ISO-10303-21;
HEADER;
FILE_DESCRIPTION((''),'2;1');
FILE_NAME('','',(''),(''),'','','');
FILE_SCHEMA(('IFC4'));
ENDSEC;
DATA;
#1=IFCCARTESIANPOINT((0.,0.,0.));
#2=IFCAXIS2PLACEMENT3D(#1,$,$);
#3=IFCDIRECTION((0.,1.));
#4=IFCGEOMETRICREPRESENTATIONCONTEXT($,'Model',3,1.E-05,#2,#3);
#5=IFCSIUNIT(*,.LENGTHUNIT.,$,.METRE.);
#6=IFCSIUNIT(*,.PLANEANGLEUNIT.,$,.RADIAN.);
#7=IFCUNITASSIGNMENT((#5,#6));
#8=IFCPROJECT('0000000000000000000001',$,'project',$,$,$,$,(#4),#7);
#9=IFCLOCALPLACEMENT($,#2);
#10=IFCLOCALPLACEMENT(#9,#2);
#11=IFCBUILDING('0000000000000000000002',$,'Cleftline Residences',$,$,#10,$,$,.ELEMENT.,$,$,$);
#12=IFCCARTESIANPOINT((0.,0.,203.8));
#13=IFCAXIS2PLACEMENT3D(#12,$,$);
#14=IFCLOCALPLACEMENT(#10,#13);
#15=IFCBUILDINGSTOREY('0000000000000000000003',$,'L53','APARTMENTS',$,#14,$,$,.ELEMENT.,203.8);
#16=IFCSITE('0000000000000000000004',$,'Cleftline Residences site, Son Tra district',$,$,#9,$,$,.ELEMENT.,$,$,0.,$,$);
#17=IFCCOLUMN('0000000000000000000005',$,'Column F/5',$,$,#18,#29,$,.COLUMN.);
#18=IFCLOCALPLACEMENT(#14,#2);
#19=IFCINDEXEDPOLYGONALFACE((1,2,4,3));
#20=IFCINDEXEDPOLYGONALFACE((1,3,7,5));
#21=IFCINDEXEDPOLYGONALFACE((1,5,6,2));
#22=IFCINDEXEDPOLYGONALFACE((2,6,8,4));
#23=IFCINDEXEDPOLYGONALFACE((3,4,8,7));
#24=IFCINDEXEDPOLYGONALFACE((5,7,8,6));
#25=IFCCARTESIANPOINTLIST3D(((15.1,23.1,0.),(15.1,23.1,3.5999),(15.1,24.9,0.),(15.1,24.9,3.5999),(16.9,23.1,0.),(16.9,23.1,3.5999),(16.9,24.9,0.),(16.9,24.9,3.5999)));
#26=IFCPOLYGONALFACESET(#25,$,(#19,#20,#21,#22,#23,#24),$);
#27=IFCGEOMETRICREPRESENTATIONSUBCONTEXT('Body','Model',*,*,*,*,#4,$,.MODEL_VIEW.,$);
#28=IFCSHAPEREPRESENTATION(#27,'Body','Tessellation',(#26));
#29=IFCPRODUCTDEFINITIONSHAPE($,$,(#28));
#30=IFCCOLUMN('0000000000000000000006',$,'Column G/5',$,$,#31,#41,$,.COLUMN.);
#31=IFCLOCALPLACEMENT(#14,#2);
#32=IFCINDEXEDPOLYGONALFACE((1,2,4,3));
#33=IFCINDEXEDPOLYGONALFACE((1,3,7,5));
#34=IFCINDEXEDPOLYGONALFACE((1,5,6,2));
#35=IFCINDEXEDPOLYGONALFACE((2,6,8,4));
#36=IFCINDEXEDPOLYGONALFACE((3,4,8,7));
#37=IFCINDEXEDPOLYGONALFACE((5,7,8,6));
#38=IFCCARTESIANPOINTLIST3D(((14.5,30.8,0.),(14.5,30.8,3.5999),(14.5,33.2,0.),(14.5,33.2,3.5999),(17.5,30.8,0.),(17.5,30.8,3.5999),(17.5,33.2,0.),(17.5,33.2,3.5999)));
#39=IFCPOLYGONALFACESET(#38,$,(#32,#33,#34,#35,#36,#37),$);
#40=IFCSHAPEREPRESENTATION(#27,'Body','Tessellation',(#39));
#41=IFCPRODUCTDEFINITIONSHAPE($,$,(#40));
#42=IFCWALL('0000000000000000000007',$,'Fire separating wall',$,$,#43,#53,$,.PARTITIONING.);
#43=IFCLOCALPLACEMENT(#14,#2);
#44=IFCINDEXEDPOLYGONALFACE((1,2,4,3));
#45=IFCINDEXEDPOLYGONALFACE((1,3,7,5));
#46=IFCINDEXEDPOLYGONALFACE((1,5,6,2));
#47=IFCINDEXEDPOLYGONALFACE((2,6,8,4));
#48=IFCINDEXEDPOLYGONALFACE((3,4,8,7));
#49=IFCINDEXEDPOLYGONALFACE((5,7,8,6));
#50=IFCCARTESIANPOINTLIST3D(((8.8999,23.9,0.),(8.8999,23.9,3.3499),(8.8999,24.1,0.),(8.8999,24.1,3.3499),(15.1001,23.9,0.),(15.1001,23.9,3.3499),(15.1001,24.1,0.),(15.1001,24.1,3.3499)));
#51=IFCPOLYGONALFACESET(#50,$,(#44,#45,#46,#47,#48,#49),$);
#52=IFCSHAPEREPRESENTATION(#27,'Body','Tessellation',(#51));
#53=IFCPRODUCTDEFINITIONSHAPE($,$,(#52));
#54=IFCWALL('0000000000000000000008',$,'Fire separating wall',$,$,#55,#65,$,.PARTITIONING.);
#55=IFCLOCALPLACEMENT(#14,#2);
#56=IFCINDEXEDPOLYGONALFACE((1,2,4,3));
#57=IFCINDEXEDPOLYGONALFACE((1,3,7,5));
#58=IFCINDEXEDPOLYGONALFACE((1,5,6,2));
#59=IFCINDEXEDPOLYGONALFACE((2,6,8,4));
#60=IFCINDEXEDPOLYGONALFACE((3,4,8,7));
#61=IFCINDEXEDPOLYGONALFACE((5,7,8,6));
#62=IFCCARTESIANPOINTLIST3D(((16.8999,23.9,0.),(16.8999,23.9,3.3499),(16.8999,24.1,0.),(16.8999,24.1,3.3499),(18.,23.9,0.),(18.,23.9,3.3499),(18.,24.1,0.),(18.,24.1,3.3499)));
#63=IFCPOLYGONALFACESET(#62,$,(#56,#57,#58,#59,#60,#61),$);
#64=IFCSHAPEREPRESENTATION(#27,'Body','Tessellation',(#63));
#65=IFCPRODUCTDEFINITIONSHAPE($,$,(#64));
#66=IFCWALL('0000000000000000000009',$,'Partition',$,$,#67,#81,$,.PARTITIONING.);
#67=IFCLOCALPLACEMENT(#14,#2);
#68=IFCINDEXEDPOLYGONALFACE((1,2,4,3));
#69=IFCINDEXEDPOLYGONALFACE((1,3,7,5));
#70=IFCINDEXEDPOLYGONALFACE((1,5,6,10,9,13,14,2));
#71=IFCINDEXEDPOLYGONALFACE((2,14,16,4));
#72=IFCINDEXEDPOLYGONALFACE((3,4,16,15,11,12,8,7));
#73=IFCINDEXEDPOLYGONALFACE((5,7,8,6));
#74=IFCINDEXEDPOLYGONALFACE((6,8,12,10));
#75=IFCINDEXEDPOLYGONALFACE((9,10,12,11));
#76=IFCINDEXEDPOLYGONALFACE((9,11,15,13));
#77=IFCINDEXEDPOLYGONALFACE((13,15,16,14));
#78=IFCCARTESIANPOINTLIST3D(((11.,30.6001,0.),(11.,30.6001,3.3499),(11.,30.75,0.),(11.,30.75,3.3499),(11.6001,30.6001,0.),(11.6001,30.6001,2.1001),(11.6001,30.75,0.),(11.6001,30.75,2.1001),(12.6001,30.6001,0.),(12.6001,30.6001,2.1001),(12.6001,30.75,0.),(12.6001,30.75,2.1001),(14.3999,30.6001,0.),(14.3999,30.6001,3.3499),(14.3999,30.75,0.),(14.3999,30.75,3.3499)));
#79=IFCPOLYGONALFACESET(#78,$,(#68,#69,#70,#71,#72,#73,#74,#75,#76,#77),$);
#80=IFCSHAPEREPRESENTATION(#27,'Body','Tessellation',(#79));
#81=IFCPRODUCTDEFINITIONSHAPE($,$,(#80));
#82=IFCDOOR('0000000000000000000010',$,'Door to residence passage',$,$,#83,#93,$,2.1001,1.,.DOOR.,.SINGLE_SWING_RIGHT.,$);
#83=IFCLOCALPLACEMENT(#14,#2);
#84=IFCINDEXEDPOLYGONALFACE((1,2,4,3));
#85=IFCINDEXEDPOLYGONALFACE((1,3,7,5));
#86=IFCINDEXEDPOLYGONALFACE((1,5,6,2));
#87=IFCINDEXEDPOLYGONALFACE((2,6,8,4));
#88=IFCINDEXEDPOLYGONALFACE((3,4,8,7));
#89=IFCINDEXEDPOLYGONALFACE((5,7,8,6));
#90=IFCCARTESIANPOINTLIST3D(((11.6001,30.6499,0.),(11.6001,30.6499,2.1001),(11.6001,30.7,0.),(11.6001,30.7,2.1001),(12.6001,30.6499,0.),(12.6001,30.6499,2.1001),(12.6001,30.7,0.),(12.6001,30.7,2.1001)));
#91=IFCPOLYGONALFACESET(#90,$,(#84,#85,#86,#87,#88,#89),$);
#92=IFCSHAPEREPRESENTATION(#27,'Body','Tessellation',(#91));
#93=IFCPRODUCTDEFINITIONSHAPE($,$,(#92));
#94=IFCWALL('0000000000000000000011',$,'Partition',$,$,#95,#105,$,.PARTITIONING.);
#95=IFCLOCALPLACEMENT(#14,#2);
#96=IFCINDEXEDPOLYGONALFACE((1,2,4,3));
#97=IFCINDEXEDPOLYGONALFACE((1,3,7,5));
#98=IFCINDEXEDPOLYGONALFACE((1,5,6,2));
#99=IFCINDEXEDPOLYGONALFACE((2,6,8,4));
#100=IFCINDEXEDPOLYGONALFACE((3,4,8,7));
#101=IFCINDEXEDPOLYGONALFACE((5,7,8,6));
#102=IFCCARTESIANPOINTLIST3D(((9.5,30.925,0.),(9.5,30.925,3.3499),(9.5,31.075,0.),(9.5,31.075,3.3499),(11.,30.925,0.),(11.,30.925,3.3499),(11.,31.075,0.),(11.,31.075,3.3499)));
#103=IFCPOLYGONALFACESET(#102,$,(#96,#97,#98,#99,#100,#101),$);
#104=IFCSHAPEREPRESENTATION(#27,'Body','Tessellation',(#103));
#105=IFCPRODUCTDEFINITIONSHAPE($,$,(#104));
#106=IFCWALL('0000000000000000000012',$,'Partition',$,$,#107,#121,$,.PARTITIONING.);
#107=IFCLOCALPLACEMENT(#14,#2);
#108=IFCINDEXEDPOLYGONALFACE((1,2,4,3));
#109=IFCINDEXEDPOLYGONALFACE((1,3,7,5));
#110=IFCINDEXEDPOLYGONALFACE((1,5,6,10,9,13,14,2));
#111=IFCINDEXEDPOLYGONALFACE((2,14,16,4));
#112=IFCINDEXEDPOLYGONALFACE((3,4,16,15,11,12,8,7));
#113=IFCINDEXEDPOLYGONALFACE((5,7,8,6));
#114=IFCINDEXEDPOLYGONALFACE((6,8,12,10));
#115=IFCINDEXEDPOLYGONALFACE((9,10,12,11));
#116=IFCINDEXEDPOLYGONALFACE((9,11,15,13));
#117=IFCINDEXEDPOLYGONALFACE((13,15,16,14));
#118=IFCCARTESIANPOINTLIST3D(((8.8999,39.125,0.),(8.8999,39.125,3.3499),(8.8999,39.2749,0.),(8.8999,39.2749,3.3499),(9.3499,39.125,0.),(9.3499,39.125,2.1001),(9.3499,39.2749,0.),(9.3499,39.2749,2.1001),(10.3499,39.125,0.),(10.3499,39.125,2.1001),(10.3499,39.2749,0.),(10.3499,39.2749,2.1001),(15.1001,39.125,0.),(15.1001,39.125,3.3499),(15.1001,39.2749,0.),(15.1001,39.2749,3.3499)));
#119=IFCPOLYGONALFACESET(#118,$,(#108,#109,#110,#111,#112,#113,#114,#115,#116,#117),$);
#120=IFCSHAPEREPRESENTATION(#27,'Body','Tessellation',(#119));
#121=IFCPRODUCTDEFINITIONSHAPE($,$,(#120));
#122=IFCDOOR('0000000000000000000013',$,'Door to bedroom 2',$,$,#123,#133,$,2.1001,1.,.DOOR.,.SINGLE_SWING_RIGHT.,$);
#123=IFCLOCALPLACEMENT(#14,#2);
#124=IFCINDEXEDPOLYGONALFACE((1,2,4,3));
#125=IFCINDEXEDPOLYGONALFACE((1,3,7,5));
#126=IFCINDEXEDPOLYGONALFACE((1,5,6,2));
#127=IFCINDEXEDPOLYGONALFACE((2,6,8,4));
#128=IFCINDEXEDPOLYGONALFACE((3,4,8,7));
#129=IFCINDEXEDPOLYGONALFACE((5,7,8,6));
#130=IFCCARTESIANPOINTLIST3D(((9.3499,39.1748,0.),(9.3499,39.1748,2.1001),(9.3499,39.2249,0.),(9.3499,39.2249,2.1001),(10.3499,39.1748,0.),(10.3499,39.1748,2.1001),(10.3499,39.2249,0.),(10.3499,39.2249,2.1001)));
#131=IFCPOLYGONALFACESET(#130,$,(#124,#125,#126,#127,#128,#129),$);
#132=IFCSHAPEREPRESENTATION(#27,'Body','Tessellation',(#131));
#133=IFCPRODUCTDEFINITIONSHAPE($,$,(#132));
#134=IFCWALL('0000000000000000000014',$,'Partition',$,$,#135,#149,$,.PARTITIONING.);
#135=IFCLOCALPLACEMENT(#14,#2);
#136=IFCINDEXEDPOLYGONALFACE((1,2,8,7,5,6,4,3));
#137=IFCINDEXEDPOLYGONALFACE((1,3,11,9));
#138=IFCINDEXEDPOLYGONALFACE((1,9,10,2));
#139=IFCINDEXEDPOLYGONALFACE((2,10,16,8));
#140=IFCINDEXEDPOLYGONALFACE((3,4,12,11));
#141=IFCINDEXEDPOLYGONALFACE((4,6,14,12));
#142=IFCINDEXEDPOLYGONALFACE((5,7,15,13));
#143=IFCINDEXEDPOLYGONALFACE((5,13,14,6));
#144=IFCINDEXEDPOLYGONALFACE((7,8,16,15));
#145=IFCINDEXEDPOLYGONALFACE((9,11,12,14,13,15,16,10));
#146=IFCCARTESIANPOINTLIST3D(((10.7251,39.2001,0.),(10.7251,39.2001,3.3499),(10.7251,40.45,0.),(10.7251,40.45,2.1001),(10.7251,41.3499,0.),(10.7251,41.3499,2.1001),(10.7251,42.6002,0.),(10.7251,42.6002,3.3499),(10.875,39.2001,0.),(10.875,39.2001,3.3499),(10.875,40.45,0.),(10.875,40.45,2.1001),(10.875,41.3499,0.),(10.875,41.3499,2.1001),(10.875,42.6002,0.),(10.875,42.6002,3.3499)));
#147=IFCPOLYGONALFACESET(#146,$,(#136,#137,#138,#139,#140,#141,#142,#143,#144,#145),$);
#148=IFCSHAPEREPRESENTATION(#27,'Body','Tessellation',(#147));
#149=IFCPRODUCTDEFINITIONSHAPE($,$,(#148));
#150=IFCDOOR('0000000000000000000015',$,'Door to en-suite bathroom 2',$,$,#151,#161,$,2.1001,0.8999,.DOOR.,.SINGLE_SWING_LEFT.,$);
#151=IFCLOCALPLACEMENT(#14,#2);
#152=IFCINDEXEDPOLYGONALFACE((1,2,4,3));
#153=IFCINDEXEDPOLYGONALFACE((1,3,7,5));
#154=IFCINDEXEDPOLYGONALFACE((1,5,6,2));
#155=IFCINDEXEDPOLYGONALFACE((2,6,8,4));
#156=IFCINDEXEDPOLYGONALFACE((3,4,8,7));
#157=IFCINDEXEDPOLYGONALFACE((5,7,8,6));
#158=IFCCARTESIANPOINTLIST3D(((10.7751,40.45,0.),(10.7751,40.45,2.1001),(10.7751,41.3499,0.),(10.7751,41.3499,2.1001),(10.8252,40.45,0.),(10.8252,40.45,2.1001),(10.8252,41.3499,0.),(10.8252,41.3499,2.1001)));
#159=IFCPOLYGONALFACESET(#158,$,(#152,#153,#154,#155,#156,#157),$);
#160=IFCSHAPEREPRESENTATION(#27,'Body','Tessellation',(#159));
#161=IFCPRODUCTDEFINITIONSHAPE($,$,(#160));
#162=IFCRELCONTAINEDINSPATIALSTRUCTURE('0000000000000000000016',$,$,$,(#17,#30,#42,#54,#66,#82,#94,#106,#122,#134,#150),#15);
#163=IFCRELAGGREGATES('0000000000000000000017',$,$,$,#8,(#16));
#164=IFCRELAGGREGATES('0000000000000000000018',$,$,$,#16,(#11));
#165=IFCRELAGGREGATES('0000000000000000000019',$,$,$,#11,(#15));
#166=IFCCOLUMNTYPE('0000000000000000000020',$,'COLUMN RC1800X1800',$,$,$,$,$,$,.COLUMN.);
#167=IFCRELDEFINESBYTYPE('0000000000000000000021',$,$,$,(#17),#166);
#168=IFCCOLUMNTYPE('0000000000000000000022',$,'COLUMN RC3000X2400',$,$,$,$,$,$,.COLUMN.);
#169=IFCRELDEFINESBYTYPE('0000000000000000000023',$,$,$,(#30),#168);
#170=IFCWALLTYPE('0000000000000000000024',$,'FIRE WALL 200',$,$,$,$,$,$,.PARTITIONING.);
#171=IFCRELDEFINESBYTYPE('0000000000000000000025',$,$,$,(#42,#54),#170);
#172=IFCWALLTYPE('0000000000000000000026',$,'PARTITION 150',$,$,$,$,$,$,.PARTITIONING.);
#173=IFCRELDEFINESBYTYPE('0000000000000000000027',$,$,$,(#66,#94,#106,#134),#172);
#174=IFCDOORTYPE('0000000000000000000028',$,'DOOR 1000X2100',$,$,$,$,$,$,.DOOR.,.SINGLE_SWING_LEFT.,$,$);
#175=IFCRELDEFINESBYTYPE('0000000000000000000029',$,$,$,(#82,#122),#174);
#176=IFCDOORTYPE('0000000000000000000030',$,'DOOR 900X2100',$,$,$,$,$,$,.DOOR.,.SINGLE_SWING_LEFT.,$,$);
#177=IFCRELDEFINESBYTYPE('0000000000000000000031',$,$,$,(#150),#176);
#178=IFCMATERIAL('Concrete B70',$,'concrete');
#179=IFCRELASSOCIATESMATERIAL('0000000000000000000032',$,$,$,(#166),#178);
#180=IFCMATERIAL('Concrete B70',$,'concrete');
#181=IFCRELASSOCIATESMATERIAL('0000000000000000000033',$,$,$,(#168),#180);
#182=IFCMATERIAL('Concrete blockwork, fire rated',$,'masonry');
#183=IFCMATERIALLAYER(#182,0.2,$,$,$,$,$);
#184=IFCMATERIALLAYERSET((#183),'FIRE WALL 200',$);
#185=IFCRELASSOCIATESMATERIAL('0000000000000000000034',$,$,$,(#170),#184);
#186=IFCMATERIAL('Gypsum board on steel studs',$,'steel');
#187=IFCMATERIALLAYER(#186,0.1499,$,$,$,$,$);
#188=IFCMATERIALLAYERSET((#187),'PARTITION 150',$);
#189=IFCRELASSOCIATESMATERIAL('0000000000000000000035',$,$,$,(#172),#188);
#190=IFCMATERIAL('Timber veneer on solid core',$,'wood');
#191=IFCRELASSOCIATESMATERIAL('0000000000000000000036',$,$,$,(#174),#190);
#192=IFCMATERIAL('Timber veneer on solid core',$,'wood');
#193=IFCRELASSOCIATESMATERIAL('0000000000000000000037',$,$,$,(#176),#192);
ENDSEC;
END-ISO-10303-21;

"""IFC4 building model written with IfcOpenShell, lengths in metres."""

from ifc_helpers import new_model, si_unit, direction, frame, frame_2d, origin, origin_2d, place, context, subcontext, project, spatial, rectangle, extrude, material, layer, layer_set, material_profile, profile_set, type_object, element, fill, save


model = new_model("IFC4")

# Units and contexts
model_context = context("Model", 3, precision=1e-05, world=origin(), true_north=direction((0.0, 1.0)))
body_context = subcontext(model_context, "Body", "Model", "MODEL_VIEW")
ifc_project = project(units=[si_unit("LENGTHUNIT", "METRE"), si_unit("PLANEANGLEUNIT", "RADIAN")], contexts=[model_context])

# Site, building, storey
site_placement = place(None, origin())
site = spatial("IfcSite", under=ifc_project, at=site_placement, Name="Cleftline Residences site, Son Tra district", CompositionType="ELEMENT", RefElevation=0.0)
building_placement = place(site_placement, origin())
building = spatial("IfcBuilding", under=site, at=building_placement, Name="Cleftline Residences", CompositionType="ELEMENT")
storey_placement = place(building_placement, frame((0.0, 0.0, 203.8)))
storey = spatial("IfcBuildingStorey", under=building, at=storey_placement, Name="L53", Description="APARTMENTS", CompositionType="ELEMENT", Elevation=203.8)

# Columns
ifc_material_1 = material(Name="Concrete B70", Category="concrete")
ifc_material_profile_1 = material_profile(ifc_material_1, rectangle(XDim=1.8, YDim=1.8, at=origin_2d()))
ifc_profile_set_1 = profile_set([ifc_material_profile_1], Name="Concrete B70")
column_type_1 = type_object("IfcColumnType", Name="COLUMN RC1800X1800", PredefinedType="COLUMN", material=ifc_profile_set_1)
column_1_placement = place(storey_placement, frame((16.0, 24.0, 0.0), z_axis=(0.0, 0.0, 1.0), x_axis=(1.0, 0.0, 0.0)))
element("IfcColumn", 1, at=column_1_placement, inside=storey, type_object=column_type_1, Name="Column F/5", PredefinedType="COLUMN", context=body_context, shape_type="SweptSolid", body=[
    extrude(rectangle(XDim=1.8, YDim=1.8, at=origin_2d()), origin(), (0.0, 0.0, 1.0), 3.5999),
])
ifc_material_2 = material(Name="Concrete B70", Category="concrete")
ifc_material_profile_2 = material_profile(ifc_material_2, rectangle(XDim=3.0, YDim=2.3999, at=origin_2d()))
ifc_profile_set_2 = profile_set([ifc_material_profile_2], Name="Concrete B70")
column_type_2 = type_object("IfcColumnType", Name="COLUMN RC3000X2400", PredefinedType="COLUMN", material=ifc_profile_set_2)
column_2_placement = place(storey_placement, frame((16.0, 32.0, 0.0), z_axis=(0.0, 0.0, 1.0), x_axis=(1.0, 0.0, 0.0)))
element("IfcColumn", 2, at=column_2_placement, inside=storey, type_object=column_type_2, Name="Column G/5", PredefinedType="COLUMN", context=body_context, shape_type="SweptSolid", body=[
    extrude(rectangle(XDim=3.0, YDim=2.3999, at=origin_2d()), origin(), (0.0, 0.0, 1.0), 3.5999),
])

# Walls
ifc_material_3 = material(Name="Concrete blockwork, fire rated", Category="masonry")
ifc_layer_1 = layer(ifc_material_3, 0.2)
ifc_layer_set_1 = layer_set([ifc_layer_1], Name="FIRE WALL 200")
wall_type_1 = type_object("IfcWallType", Name="FIRE WALL 200", PredefinedType="PARTITIONING", material=ifc_layer_set_1)
wall_1_placement = place(storey_placement, frame((8.8999, 24.0, 0.0), z_axis=(0.0, 0.0, 1.0), x_axis=(1.0, 0.0, 0.0)))
element("IfcWall", 3, at=wall_1_placement, inside=storey, type_object=wall_type_1, Name="Fire separating wall", PredefinedType="PARTITIONING", context=body_context, shape_type="SweptSolid", body=[
    extrude(rectangle(XDim=6.2002, YDim=0.2, at=frame_2d((3.1001, 0.0))), origin(), (0.0, 0.0, 1.0), 3.3499),
])
wall_2_placement = place(storey_placement, frame((16.8999, 24.0, 0.0), z_axis=(0.0, 0.0, 1.0), x_axis=(1.0, 0.0, 0.0)))
element("IfcWall", 4, at=wall_2_placement, inside=storey, type_object=wall_type_1, Name="Fire separating wall", PredefinedType="PARTITIONING", context=body_context, shape_type="SweptSolid", body=[
    extrude(rectangle(XDim=1.1001, YDim=0.2, at=frame_2d((0.55, 0.0))), origin(), (0.0, 0.0, 1.0), 3.3499),
])

# Wall, opening, door
ifc_material_4 = material(Name="Gypsum board on steel studs", Category="steel")
ifc_layer_2 = layer(ifc_material_4, 0.1499)
ifc_layer_set_2 = layer_set([ifc_layer_2], Name="PARTITION 150")
wall_type_2 = type_object("IfcWallType", Name="PARTITION 150", PredefinedType="PARTITIONING", material=ifc_layer_set_2)
wall_3_placement = place(storey_placement, frame((11.0, 30.675, 0.0), z_axis=(0.0, 0.0, 1.0), x_axis=(1.0, 0.0, 0.0)))
wall_3 = element("IfcWall", 5, at=wall_3_placement, inside=storey, type_object=wall_type_2, Name="Partition", PredefinedType="PARTITIONING", context=body_context, shape_type="SweptSolid", body=[
    extrude(rectangle(XDim=3.3999, YDim=0.1499, at=frame_2d((1.7, 0.0))), origin(), (0.0, 0.0, 1.0), 3.3499),
])
opening_1_placement = place(wall_3_placement, frame((0.6001, 0.0, 0.0)))
opening_1 = element("IfcOpeningElement", 6, at=opening_1_placement, cuts=wall_3, PredefinedType="OPENING", context=body_context, shape_type="SweptSolid", body=[
    extrude(rectangle(XDim=1.0, YDim=2.1001, at=frame_2d((0.5, 1.05))), frame((0.0, 0.085, 0.0), z_axis=(0.0, -1.0, 0.0), x_axis=(1.0, 0.0, 0.0)), (0.0, 0.0, 1.0), 0.1699),
])
ifc_material_5 = material(Name="Timber veneer on solid core", Category="wood")
door_type_1 = type_object("IfcDoorType", Name="DOOR 1000X2100", OperationType="SINGLE_SWING_LEFT", PredefinedType="DOOR", material=ifc_material_5)
door_1_placement = place(opening_1_placement, origin())
door_1 = element("IfcDoor", 7, at=door_1_placement, inside=storey, type_object=door_type_1, Name="Door to residence passage", OperationType="SINGLE_SWING_RIGHT", OverallHeight=2.1001, OverallWidth=1.0, PredefinedType="DOOR", context=body_context, shape_type="SweptSolid", body=[
    extrude(rectangle(XDim=1.0, YDim=2.1001, at=frame_2d((0.5, 1.05))), frame((0.0, 0.0249, 0.0), z_axis=(0.0, -1.0, 0.0), x_axis=(1.0, 0.0, 0.0)), (0.0, 0.0, 1.0), 0.05),
])
fill(opening_1, door_1)

# Wall
wall_4_placement = place(storey_placement, frame((9.5, 31.0, 0.0), z_axis=(0.0, 0.0, 1.0), x_axis=(1.0, 0.0, 0.0)))
element("IfcWall", 8, at=wall_4_placement, inside=storey, type_object=wall_type_2, Name="Partition", PredefinedType="PARTITIONING", context=body_context, shape_type="SweptSolid", body=[
    extrude(rectangle(XDim=1.5, YDim=0.1499, at=frame_2d((0.75, 0.0))), origin(), (0.0, 0.0, 1.0), 3.3499),
])

# Walls, openings, doors
wall_5_placement = place(storey_placement, frame((8.8999, 39.2, 0.0), z_axis=(0.0, 0.0, 1.0), x_axis=(1.0, 0.0, 0.0)))
wall_5 = element("IfcWall", 9, at=wall_5_placement, inside=storey, type_object=wall_type_2, Name="Partition", PredefinedType="PARTITIONING", context=body_context, shape_type="SweptSolid", body=[
    extrude(rectangle(XDim=6.2002, YDim=0.1499, at=frame_2d((3.1001, 0.0))), origin(), (0.0, 0.0, 1.0), 3.3499),
])
opening_2_placement = place(wall_5_placement, frame((0.45, 0.0, 0.0)))
opening_2 = element("IfcOpeningElement", 10, at=opening_2_placement, cuts=wall_5, PredefinedType="OPENING", context=body_context, shape_type="SweptSolid", body=[
    extrude(rectangle(XDim=1.0, YDim=2.1001, at=frame_2d((0.5, 1.05))), frame((0.0, 0.085, 0.0), z_axis=(0.0, -1.0, 0.0), x_axis=(1.0, 0.0, 0.0)), (0.0, 0.0, 1.0), 0.1699),
])
door_2_placement = place(opening_2_placement, origin())
door_2 = element("IfcDoor", 11, at=door_2_placement, inside=storey, type_object=door_type_1, Name="Door to bedroom 2", OperationType="SINGLE_SWING_RIGHT", OverallHeight=2.1001, OverallWidth=1.0, PredefinedType="DOOR", context=body_context, shape_type="SweptSolid", body=[
    extrude(rectangle(XDim=1.0, YDim=2.1001, at=frame_2d((0.5, 1.05))), frame((0.0, 0.0249, 0.0), z_axis=(0.0, -1.0, 0.0), x_axis=(1.0, 0.0, 0.0)), (0.0, 0.0, 1.0), 0.05),
])
fill(opening_2, door_2)
wall_6_placement = place(storey_placement, frame((10.8, 39.2, 0.0), z_axis=(0.0, 0.0, 1.0), x_axis=(0.0, 1.0, 0.0)))
wall_6 = element("IfcWall", 12, at=wall_6_placement, inside=storey, type_object=wall_type_2, Name="Partition", PredefinedType="PARTITIONING", context=body_context, shape_type="SweptSolid", body=[
    extrude(rectangle(XDim=3.4001, YDim=0.1499, at=frame_2d((1.7002, 0.0))), origin(), (0.0, 0.0, 1.0), 3.3499),
])
opening_3_placement = place(wall_6_placement, frame((1.25, 0.0, 0.0)))
opening_3 = element("IfcOpeningElement", 13, at=opening_3_placement, cuts=wall_6, PredefinedType="OPENING", context=body_context, shape_type="SweptSolid", body=[
    extrude(rectangle(XDim=0.8999, YDim=2.1001, at=frame_2d((0.45, 1.05))), frame((0.0, 0.085, 0.0), z_axis=(0.0, -1.0, 0.0), x_axis=(1.0, 0.0, 0.0)), (0.0, 0.0, 1.0), 0.1699),
])
ifc_material_6 = material(Name="Timber veneer on solid core", Category="wood")
door_type_2 = type_object("IfcDoorType", Name="DOOR 900X2100", OperationType="SINGLE_SWING_LEFT", PredefinedType="DOOR", material=ifc_material_6)
door_3_placement = place(opening_3_placement, origin())
door_3 = element("IfcDoor", 14, at=door_3_placement, inside=storey, type_object=door_type_2, Name="Door to en-suite bathroom 2", OperationType="SINGLE_SWING_LEFT", OverallHeight=2.1001, OverallWidth=0.8999, PredefinedType="DOOR", context=body_context, shape_type="SweptSolid", body=[
    extrude(rectangle(XDim=0.8999, YDim=2.1001, at=frame_2d((0.45, 1.05))), frame((0.0, 0.0249, 0.0), z_axis=(0.0, -1.0, 0.0), x_axis=(1.0, 0.0, 0.0)), (0.0, 0.0, 1.0), 0.05),
])
fill(opening_3, door_3)

save(model, "model.ifc")
